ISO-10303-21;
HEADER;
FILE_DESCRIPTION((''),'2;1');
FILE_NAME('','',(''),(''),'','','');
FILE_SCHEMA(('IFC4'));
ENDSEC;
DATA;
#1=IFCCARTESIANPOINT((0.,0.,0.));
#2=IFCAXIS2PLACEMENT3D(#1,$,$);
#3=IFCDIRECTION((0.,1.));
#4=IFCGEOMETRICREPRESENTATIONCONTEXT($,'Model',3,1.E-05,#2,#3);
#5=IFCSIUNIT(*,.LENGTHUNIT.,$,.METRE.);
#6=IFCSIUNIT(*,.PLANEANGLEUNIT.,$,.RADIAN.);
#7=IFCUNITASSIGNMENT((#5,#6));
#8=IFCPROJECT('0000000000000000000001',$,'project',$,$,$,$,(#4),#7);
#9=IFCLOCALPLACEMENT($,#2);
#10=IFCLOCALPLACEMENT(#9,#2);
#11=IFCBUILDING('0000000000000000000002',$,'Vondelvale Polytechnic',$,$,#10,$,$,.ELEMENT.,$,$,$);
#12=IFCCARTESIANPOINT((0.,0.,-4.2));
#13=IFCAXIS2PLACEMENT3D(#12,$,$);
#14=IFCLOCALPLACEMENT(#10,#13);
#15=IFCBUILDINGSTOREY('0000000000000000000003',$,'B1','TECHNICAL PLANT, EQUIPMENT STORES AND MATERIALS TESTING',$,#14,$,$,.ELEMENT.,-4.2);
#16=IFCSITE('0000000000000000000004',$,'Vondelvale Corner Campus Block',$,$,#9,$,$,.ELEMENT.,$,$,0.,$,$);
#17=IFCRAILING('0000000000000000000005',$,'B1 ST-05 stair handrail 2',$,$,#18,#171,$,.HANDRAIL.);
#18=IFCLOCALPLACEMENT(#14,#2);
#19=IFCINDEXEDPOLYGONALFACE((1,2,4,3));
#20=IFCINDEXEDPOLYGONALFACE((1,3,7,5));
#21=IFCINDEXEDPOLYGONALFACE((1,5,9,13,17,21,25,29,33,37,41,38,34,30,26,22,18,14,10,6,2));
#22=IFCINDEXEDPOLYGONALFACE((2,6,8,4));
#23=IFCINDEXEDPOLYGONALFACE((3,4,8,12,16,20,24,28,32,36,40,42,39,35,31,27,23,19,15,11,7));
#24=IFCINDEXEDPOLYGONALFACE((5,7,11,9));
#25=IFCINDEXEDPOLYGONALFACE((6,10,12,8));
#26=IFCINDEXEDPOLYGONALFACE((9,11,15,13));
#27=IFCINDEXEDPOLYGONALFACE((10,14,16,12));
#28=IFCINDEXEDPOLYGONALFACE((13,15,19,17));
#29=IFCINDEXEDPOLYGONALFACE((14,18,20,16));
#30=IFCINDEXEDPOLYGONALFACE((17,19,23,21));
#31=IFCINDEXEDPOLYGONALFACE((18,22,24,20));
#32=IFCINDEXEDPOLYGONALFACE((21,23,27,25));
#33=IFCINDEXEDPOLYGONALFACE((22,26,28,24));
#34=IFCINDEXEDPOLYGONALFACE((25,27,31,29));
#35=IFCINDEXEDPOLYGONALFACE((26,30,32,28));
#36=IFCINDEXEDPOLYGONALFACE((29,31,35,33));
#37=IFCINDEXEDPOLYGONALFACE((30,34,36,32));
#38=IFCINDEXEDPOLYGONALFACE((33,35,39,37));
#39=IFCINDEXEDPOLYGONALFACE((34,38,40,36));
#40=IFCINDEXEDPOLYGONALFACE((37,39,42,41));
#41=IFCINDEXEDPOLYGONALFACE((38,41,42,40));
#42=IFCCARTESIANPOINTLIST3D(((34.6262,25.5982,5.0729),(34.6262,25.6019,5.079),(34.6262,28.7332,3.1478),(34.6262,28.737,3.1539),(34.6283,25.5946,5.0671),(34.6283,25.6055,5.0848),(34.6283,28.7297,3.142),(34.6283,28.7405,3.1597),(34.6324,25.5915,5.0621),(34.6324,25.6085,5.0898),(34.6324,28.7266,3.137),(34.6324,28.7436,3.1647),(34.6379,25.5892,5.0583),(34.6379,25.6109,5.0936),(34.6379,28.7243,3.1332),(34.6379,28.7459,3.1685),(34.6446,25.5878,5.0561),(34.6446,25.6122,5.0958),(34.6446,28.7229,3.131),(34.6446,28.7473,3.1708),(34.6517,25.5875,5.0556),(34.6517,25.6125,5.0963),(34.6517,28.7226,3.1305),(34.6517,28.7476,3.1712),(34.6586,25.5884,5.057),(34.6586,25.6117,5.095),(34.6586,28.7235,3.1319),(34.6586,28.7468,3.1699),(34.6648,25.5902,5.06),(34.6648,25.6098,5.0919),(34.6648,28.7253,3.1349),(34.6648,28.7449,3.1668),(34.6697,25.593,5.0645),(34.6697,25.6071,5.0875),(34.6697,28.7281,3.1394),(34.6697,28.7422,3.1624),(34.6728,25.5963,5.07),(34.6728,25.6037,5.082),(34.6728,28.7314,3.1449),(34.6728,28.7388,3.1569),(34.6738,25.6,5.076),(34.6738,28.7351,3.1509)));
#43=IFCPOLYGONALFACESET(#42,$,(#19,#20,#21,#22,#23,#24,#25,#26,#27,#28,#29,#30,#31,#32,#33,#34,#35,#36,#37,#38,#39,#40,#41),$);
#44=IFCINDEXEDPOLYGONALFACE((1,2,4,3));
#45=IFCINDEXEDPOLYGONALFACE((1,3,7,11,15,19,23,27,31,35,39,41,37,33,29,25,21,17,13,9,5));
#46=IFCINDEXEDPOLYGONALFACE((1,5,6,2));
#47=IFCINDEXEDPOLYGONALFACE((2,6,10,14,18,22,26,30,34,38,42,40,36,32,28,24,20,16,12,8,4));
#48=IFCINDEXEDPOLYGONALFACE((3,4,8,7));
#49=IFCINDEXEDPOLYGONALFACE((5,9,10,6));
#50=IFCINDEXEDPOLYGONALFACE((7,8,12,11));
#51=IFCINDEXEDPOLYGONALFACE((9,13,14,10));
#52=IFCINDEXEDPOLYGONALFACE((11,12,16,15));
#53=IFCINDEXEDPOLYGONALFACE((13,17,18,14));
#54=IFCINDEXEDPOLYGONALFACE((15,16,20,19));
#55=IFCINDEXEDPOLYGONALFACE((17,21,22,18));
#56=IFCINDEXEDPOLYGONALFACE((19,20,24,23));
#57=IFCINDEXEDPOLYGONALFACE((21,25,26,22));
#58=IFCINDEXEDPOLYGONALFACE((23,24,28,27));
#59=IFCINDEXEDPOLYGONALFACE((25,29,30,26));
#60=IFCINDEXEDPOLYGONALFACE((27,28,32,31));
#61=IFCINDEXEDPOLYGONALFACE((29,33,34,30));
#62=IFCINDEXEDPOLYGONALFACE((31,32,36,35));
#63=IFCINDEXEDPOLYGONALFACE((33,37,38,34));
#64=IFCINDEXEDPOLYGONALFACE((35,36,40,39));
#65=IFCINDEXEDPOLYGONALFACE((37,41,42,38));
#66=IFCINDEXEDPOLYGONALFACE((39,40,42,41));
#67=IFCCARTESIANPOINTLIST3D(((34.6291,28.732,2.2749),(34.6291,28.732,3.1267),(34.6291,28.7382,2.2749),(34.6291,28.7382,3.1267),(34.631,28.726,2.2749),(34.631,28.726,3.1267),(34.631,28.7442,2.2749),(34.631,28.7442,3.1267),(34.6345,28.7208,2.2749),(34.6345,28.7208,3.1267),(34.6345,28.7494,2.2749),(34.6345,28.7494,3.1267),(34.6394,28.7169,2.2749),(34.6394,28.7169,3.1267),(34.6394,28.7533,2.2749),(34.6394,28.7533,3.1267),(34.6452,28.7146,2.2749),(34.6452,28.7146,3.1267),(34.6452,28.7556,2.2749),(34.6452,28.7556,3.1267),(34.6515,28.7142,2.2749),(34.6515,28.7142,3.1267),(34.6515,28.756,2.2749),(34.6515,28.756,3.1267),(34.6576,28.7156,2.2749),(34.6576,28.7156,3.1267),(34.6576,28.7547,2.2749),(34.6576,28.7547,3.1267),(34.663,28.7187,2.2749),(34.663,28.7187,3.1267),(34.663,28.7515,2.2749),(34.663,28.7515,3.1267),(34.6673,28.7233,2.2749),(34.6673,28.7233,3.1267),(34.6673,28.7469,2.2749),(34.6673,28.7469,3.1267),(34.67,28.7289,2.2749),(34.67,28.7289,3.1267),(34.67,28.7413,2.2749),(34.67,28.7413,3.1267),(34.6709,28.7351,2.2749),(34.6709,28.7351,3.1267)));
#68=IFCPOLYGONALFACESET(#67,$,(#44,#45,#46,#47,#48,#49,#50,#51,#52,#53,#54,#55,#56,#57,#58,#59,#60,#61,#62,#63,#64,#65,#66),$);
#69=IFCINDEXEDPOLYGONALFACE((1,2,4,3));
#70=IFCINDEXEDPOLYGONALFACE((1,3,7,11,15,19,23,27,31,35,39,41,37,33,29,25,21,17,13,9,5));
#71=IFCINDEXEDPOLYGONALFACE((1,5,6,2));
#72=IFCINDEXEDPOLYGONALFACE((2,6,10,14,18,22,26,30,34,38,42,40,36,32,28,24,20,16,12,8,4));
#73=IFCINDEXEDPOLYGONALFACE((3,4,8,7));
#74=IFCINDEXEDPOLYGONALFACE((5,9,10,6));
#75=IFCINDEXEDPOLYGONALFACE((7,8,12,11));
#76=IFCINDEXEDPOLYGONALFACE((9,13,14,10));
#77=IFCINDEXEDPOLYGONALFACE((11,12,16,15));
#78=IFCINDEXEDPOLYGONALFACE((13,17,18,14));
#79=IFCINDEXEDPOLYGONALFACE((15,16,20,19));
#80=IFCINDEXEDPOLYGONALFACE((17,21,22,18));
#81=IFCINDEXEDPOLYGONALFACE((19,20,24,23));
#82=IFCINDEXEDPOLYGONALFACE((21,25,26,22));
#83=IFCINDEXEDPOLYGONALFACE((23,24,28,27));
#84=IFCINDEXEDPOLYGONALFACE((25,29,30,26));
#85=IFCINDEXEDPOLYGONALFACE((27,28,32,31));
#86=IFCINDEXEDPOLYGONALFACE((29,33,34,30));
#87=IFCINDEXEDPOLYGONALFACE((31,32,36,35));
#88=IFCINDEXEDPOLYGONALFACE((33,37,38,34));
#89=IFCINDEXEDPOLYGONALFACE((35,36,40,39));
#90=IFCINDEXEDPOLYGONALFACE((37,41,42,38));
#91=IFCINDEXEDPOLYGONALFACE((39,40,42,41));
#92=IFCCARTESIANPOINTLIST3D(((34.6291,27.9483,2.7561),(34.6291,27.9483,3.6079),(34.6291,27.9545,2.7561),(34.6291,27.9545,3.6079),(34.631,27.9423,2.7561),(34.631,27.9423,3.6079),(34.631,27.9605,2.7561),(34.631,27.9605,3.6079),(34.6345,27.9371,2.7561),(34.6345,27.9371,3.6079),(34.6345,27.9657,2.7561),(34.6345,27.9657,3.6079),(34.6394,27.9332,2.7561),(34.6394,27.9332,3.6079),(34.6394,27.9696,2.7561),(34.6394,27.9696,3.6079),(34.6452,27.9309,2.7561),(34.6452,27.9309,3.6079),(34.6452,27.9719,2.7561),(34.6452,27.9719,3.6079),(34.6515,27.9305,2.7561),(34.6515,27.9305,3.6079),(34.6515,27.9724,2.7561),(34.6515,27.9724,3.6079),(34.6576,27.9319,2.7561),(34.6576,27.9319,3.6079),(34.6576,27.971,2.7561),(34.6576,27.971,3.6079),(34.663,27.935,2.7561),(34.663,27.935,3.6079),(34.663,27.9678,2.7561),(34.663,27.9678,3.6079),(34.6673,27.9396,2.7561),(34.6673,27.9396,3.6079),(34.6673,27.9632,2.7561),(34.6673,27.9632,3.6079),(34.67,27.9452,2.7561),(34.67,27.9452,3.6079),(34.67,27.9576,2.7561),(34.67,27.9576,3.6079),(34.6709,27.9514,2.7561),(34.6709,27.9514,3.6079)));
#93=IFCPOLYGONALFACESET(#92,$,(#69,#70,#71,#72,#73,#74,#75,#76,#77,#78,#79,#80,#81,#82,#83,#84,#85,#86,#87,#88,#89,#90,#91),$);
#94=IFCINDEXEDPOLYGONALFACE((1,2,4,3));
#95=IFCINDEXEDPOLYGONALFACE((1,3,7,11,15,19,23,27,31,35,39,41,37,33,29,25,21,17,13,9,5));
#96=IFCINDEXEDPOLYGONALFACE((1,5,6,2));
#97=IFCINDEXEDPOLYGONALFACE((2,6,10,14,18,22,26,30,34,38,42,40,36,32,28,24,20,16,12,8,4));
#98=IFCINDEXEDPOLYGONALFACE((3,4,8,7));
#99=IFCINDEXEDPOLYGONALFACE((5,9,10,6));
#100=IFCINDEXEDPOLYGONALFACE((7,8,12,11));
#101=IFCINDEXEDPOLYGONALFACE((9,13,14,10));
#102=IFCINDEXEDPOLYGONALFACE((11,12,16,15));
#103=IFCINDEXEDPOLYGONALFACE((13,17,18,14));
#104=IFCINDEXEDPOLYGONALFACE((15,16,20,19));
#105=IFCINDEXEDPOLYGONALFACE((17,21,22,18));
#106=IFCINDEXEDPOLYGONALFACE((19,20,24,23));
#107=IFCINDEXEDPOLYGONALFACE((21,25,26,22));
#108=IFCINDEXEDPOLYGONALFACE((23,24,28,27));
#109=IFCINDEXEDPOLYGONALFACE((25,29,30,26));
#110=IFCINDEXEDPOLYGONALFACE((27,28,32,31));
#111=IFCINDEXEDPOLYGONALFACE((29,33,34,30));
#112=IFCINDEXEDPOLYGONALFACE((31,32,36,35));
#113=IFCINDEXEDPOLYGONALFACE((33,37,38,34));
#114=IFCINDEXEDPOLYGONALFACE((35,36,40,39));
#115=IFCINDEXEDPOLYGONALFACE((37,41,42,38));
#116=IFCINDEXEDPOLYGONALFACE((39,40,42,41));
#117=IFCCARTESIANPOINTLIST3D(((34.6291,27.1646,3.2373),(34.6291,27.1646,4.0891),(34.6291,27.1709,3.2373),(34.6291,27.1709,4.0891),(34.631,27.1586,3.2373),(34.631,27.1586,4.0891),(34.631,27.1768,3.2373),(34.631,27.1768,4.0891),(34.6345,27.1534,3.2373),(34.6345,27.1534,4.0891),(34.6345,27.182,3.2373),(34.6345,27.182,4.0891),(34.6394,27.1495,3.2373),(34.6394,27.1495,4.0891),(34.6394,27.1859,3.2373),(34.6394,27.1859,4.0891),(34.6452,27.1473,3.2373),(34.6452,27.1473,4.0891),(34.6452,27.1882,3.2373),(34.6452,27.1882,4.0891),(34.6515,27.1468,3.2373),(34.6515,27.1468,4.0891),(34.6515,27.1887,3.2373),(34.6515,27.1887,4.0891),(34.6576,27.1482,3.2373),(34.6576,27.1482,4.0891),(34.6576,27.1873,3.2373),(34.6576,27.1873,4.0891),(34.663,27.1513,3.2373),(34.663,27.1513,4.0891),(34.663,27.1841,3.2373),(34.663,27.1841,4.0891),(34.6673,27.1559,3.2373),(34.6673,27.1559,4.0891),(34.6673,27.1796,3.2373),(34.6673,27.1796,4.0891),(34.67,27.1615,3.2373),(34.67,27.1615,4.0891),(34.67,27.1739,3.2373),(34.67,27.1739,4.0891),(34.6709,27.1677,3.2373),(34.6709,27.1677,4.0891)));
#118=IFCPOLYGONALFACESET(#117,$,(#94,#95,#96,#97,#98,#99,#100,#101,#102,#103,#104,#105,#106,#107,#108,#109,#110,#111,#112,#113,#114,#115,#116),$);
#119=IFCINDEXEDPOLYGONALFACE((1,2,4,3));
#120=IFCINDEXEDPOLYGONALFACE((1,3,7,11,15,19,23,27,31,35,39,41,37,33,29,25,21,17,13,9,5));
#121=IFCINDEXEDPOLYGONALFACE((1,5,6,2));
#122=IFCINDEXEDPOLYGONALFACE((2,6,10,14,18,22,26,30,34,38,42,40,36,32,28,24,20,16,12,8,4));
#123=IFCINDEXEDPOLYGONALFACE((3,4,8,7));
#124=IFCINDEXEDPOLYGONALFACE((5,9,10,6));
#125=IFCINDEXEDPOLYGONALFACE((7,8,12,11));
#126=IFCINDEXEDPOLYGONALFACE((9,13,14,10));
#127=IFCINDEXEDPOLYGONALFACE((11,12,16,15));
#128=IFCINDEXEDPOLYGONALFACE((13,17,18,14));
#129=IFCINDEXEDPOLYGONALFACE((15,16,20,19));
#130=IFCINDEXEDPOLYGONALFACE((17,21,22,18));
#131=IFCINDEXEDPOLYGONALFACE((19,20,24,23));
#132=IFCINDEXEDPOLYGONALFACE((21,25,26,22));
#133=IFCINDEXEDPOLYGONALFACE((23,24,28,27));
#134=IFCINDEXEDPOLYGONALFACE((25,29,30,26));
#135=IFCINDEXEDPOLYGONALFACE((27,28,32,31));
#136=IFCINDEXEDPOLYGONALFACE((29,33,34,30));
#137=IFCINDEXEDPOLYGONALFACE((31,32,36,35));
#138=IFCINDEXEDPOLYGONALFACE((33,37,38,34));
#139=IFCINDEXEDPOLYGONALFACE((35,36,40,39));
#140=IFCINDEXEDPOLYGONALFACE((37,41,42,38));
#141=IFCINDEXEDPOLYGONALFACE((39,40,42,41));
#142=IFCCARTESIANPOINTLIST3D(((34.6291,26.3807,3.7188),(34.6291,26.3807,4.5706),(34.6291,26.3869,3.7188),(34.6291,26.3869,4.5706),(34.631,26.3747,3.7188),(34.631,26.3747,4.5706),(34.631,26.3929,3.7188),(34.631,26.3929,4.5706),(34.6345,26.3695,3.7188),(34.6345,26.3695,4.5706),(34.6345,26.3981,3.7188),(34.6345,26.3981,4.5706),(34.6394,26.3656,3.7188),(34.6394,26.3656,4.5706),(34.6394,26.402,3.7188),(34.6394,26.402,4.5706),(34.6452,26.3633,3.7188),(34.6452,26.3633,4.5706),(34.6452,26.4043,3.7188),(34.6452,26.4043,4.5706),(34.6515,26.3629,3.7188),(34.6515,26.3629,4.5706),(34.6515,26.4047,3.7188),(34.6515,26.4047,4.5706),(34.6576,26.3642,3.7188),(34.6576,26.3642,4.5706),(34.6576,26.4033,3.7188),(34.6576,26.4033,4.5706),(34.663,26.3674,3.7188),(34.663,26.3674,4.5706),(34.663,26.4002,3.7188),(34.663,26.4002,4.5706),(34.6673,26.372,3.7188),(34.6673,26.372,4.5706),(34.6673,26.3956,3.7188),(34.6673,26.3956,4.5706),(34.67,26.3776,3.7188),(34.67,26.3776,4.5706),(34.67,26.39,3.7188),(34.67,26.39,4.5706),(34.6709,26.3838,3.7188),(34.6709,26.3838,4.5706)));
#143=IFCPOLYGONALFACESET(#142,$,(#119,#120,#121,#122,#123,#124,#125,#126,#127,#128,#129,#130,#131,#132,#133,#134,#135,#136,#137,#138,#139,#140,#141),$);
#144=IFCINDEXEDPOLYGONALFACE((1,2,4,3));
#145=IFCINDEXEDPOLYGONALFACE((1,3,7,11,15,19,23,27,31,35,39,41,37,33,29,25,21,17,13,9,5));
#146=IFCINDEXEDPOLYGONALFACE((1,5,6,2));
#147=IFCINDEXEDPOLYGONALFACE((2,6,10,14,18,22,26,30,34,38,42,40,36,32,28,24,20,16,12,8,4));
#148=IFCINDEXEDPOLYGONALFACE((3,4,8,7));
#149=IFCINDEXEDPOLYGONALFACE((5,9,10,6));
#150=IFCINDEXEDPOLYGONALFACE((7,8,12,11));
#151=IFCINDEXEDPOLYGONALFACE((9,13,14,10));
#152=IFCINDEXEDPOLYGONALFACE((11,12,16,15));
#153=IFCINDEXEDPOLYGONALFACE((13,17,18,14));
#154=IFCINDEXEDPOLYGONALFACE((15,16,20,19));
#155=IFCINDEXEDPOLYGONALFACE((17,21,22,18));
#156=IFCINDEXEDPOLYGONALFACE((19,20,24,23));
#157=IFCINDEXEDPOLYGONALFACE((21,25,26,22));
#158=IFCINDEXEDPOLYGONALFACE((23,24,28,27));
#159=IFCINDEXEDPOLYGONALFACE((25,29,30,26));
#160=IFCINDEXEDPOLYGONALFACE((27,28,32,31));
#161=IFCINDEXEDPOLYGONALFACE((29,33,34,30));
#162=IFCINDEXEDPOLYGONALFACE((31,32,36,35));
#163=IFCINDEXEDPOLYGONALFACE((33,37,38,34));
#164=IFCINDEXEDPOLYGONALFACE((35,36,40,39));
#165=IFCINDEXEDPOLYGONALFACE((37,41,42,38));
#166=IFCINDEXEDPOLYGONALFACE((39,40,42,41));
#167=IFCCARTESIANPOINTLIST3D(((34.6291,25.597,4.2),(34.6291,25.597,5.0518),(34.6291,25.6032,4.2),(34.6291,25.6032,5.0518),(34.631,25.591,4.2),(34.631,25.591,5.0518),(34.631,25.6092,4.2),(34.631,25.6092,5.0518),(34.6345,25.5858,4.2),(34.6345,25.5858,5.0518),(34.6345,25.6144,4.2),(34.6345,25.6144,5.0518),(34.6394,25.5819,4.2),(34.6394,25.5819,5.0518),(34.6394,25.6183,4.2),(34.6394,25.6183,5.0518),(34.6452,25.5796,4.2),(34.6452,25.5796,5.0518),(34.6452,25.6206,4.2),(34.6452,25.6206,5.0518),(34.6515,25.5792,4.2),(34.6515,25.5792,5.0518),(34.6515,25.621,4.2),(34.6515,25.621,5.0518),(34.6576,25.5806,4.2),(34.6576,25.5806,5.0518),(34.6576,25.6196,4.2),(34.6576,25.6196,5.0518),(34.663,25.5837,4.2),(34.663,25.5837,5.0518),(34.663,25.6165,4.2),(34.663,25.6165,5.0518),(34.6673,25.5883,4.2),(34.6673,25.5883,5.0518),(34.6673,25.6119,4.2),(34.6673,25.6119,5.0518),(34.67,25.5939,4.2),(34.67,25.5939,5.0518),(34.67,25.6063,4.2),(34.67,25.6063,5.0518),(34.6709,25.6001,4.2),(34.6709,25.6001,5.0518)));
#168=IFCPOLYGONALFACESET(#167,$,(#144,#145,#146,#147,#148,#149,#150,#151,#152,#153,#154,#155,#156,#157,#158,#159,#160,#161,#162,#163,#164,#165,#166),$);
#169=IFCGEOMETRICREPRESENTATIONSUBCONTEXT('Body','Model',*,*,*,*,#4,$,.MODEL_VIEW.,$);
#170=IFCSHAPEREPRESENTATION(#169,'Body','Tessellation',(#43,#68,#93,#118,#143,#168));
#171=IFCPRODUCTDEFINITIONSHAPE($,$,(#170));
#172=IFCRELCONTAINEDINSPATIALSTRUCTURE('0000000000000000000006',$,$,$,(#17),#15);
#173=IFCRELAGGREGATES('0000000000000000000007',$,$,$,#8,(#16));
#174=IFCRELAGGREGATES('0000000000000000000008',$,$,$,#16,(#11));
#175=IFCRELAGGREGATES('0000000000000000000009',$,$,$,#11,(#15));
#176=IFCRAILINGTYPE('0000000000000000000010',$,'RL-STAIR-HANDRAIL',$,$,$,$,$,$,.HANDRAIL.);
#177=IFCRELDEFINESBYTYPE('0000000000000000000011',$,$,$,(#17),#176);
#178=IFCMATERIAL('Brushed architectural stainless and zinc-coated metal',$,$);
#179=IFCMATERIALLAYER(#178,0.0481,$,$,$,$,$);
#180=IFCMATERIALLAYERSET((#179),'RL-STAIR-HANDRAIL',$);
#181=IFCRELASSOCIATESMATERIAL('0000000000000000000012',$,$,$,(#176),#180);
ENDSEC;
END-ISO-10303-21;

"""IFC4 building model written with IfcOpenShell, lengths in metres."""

from ifc_helpers import new_model, si_unit, direction, frame, origin, origin_2d, place, context, subcontext, project, spatial, circle, extrude, material, layer, layer_set, type_object, element, save


model = new_model("IFC4")

# Units and contexts
model_context = context("Model", 3, precision=1e-05, world=origin(), true_north=direction((0.0, 1.0)))
body_context = subcontext(model_context, "Body", "Model", "MODEL_VIEW")
ifc_project = project(units=[si_unit("LENGTHUNIT", "METRE"), si_unit("PLANEANGLEUNIT", "RADIAN")], contexts=[model_context])

# Site, building, storey
site_placement = place(None, origin())
site = spatial("IfcSite", under=ifc_project, at=site_placement, Name="Vondelvale Corner Campus Block", CompositionType="ELEMENT", RefElevation=0.0)
building_placement = place(site_placement, origin())
building = spatial("IfcBuilding", under=site, at=building_placement, Name="Vondelvale Polytechnic", CompositionType="ELEMENT")
storey_placement = place(building_placement, frame((0.0, 0.0, -4.2)))
storey = spatial("IfcBuildingStorey", under=building, at=storey_placement, Name="B1", Description="TECHNICAL PLANT, EQUIPMENT STORES AND MATERIALS TESTING", CompositionType="ELEMENT", Elevation=-4.2)

# Shared definitions
ifc_material_1 = material(Name="Brushed architectural stainless and zinc-coated metal")

# Railing
ifc_layer_1 = layer(ifc_material_1, 0.0481)
ifc_layer_set_1 = layer_set([ifc_layer_1], Name="RL-STAIR-HANDRAIL")
railing_type_1 = type_object("IfcRailingType", Name="RL-STAIR-HANDRAIL", PredefinedType="HANDRAIL", material=ifc_layer_set_1)
railing_1_placement = place(storey_placement, frame((34.6499, 28.7351, 2.2749)))
element("IfcRailing", 1, at=railing_1_placement, inside=storey, type_object=railing_type_1, Name="B1 ST-05 stair handrail 2", PredefinedType="HANDRAIL", context=body_context, shape_type="SweptSolid", body=[
    extrude(circle(Radius=0.0239, at=origin_2d()), frame((0.0, 0.0, 0.876), z_axis=(0.0, -0.852166, 0.523271), x_axis=(1.0, 0.0, 0.0)), (0.0, 0.0, 1.0), 3.679),
    extrude(circle(Radius=0.021, at=origin_2d()), origin(), (0.0, 0.0, 1.0), 0.8518),
    extrude(circle(Radius=0.021, at=origin_2d()), frame((0.0, -0.7837, 0.4812)), (0.0, 0.0, 1.0), 0.8518),
    extrude(circle(Radius=0.021, at=origin_2d()), frame((0.0, -1.5674, 0.9624)), (0.0, 0.0, 1.0), 0.8518),
    extrude(circle(Radius=0.021, at=origin_2d()), frame((0.0, -2.3513, 1.4438)), (0.0, 0.0, 1.0), 0.8518),
    extrude(circle(Radius=0.021, at=origin_2d()), frame((0.0, -3.135, 1.925)), (0.0, 0.0, 1.0), 0.8518),
])

save(model, "model.ifc")
